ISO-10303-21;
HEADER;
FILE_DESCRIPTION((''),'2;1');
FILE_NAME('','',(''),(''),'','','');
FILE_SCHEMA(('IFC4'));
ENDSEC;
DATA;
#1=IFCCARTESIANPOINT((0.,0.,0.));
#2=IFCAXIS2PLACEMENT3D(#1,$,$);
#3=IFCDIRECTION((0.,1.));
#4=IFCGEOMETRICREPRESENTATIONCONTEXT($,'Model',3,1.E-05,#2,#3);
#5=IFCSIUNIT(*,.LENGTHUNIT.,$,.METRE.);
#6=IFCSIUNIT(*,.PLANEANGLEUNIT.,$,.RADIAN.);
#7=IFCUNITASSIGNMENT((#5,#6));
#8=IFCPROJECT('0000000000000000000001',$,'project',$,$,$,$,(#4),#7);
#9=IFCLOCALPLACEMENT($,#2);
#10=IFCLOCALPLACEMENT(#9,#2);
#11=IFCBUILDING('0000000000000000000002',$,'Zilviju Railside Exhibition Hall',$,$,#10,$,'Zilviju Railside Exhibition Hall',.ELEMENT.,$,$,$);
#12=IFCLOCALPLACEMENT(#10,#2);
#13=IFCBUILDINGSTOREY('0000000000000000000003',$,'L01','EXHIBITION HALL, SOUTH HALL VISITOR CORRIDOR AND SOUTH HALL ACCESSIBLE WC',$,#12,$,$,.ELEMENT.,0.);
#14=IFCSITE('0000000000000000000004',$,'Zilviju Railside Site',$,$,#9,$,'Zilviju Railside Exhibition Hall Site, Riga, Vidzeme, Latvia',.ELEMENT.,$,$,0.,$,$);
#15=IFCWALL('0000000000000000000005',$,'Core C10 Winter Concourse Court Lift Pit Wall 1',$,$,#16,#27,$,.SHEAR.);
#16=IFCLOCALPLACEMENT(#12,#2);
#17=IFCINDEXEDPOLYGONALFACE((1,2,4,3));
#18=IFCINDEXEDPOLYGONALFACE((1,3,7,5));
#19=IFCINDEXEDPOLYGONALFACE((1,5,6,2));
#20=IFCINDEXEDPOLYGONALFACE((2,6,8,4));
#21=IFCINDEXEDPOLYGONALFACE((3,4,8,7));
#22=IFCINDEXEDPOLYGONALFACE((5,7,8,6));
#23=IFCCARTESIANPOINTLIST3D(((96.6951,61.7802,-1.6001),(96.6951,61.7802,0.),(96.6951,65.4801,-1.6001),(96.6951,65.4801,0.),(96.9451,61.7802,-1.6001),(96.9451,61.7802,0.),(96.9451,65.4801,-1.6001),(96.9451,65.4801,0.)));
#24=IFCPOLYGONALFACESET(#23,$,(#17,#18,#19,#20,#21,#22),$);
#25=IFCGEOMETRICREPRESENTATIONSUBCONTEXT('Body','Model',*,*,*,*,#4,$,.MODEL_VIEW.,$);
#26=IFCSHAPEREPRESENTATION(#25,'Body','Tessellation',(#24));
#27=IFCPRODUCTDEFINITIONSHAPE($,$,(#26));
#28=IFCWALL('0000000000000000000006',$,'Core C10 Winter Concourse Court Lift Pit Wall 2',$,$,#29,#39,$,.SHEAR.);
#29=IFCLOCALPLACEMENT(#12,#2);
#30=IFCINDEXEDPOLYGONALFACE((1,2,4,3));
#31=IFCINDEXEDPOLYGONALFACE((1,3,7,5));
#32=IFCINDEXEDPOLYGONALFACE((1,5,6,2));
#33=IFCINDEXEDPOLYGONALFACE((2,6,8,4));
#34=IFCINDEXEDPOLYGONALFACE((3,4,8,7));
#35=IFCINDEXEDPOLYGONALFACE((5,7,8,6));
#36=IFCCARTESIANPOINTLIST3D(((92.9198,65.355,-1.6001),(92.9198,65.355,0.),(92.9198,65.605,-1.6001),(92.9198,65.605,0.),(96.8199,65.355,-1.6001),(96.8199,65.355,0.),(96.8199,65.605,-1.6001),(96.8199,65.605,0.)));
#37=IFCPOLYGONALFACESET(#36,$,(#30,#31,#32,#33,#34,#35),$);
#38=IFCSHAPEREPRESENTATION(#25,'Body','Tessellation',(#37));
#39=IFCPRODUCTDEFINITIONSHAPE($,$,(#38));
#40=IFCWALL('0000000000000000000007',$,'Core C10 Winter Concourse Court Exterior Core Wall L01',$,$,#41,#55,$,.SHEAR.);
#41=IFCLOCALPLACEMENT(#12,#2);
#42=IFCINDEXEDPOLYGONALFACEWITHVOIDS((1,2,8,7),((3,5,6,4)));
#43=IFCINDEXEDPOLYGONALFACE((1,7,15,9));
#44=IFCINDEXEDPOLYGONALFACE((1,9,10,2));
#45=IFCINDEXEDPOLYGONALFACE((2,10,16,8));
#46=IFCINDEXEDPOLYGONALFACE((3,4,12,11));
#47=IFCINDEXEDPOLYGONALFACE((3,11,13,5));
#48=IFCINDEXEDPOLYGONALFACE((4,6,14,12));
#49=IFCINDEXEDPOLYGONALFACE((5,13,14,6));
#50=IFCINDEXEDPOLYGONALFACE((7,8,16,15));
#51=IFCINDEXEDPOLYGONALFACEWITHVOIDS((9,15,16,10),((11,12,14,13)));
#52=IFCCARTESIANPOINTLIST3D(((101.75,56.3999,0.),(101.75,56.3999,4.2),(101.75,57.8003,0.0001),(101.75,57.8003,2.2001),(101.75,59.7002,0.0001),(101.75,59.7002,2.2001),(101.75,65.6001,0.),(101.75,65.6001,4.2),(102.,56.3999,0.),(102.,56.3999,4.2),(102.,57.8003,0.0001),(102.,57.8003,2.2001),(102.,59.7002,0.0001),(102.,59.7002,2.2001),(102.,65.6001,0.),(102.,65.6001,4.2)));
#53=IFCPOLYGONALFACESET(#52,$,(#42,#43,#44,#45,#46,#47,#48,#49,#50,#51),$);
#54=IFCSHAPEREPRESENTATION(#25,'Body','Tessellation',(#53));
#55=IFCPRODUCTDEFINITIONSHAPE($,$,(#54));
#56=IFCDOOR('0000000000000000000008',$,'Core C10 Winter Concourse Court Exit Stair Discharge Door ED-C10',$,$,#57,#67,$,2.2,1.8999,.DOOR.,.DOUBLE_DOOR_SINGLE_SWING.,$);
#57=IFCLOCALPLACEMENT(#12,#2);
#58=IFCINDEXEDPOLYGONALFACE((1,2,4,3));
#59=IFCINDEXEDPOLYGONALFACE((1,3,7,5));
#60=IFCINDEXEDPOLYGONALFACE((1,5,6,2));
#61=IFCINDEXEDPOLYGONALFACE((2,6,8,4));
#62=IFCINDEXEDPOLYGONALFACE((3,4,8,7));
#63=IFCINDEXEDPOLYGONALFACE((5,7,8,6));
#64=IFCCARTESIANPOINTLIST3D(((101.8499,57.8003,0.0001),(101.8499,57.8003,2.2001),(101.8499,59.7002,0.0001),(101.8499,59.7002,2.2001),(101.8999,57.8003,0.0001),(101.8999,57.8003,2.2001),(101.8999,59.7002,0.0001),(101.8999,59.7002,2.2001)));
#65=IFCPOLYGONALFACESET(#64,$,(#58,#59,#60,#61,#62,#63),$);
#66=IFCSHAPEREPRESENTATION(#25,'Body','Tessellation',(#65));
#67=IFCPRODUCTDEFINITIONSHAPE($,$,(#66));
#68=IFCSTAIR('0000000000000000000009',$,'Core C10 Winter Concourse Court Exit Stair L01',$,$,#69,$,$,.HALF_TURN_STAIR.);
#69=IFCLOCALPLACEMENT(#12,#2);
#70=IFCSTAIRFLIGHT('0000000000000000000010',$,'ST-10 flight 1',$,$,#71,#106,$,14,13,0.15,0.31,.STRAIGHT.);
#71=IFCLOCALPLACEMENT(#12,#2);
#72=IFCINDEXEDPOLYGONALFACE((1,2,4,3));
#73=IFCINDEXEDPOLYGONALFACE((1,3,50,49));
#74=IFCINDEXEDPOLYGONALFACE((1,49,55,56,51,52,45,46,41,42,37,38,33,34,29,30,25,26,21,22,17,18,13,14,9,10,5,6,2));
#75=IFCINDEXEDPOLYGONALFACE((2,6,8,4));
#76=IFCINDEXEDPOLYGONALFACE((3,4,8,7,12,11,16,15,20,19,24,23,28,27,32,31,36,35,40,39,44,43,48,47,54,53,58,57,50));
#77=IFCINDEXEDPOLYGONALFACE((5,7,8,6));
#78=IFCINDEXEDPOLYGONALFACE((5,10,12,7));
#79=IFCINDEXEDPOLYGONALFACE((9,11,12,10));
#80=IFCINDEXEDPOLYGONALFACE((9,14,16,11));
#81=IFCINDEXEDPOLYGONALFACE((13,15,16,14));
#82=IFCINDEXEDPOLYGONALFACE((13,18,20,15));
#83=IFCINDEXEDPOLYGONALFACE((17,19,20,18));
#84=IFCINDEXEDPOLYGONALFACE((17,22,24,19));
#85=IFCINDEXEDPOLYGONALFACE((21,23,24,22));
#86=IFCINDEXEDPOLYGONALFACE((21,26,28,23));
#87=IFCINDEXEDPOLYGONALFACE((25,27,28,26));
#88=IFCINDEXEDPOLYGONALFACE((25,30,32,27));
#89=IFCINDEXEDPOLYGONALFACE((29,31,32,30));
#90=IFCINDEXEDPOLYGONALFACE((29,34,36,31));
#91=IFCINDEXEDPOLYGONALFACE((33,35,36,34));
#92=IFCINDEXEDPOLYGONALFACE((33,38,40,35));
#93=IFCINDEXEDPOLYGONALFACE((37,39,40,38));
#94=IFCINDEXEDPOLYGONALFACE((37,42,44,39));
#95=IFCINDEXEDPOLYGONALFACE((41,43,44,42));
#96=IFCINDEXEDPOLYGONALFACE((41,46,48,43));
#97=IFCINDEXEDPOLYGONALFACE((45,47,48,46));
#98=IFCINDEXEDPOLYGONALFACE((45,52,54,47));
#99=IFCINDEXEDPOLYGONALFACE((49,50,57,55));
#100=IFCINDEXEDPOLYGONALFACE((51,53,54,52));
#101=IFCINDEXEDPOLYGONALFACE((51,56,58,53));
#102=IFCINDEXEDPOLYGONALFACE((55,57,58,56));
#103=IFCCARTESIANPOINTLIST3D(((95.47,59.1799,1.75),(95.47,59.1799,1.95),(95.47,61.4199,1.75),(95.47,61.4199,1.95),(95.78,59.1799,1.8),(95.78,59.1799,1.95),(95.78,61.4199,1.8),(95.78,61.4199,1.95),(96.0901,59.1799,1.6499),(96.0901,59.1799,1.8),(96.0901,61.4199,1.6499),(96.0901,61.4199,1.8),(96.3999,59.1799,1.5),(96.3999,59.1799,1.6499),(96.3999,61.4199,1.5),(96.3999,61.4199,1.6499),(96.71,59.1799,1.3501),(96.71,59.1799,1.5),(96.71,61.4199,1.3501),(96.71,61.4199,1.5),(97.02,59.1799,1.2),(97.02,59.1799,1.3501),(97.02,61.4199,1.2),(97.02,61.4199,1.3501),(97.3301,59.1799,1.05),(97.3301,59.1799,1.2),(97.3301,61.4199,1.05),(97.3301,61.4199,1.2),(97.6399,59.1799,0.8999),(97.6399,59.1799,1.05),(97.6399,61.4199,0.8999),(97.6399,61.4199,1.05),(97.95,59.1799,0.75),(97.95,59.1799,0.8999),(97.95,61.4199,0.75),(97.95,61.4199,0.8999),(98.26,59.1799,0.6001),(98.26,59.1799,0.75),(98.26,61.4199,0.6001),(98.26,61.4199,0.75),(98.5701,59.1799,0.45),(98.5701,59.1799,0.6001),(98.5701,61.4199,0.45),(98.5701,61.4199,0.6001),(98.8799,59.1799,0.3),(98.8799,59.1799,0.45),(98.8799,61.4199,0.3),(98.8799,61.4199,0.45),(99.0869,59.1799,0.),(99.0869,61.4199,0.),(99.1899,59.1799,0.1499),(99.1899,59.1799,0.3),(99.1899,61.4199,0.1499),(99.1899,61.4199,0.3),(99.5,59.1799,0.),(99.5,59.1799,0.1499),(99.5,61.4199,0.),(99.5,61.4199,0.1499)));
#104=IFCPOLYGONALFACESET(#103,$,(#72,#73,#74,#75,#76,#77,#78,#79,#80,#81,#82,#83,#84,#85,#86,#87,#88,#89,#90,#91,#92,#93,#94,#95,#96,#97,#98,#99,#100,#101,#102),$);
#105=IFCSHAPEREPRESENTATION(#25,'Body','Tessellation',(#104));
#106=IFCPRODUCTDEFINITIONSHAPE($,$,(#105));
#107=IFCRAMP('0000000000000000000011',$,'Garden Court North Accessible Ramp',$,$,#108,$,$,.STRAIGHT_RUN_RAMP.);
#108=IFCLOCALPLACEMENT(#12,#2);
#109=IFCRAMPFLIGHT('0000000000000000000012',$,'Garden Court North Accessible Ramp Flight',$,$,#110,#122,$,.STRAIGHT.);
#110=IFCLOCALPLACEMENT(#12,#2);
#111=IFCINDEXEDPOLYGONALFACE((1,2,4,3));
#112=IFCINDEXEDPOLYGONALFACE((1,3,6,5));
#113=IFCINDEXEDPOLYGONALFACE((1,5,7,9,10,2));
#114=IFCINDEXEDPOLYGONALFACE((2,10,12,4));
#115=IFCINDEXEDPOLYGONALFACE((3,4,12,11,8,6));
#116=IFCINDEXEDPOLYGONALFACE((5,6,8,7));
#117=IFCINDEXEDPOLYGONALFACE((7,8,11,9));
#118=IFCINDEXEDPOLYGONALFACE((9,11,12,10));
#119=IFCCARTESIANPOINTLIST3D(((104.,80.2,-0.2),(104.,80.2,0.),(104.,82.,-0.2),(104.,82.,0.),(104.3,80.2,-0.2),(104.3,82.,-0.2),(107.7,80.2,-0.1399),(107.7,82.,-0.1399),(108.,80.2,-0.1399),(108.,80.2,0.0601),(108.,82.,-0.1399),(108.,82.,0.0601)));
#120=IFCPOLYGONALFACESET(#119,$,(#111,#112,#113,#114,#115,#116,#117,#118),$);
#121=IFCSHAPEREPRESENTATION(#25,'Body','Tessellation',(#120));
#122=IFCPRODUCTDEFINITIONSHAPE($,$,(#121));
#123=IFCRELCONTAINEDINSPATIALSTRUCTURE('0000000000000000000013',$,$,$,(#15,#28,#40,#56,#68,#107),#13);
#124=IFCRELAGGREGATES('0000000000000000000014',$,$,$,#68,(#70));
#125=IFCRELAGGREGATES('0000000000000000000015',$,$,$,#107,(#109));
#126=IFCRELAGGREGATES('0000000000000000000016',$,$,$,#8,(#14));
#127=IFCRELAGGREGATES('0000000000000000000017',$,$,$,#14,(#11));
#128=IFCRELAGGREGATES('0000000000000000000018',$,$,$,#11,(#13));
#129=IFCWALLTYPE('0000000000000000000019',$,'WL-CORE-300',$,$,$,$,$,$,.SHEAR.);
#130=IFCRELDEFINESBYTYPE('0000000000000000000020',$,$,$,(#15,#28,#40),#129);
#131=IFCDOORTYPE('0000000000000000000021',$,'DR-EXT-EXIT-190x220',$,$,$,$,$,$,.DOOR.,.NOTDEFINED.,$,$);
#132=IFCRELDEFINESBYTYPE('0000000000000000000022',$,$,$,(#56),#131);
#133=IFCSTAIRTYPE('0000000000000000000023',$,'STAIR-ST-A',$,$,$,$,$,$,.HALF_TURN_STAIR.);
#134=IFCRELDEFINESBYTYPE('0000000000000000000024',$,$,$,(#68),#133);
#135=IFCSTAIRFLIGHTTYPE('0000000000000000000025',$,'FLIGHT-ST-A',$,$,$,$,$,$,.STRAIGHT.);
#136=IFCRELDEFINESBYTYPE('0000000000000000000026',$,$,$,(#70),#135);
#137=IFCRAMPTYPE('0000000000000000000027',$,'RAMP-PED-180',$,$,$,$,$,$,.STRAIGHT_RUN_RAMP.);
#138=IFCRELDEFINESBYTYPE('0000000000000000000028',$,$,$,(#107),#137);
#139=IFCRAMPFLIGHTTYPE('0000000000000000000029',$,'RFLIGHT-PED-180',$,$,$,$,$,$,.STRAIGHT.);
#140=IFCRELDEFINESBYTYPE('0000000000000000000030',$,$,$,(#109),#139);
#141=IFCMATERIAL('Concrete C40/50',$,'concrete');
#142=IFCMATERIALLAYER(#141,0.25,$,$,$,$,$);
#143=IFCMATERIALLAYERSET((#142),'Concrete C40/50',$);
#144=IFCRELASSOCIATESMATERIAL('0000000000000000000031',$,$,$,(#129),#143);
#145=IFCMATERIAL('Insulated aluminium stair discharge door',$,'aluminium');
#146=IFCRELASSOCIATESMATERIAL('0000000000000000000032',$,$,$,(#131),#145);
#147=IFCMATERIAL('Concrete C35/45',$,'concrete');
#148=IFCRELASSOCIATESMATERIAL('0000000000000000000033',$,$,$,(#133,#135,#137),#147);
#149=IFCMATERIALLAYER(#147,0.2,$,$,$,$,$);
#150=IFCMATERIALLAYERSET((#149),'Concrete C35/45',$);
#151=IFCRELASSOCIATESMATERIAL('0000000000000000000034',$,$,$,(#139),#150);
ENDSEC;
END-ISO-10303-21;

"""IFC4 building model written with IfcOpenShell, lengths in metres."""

from ifc_helpers import new_model, si_unit, direction, frame, frame_2d, origin, place, context, subcontext, project, spatial, polyline, rectangle, outline, extrude, material, layer, layer_set, type_object, element, fill, aggregate, save


model = new_model("IFC4")

# Units and contexts
model_context = context("Model", 3, precision=1e-05, world=origin(), true_north=direction((0.0, 1.0)))
body_context = subcontext(model_context, "Body", "Model", "MODEL_VIEW")
ifc_project = project(units=[si_unit("LENGTHUNIT", "METRE"), si_unit("PLANEANGLEUNIT", "RADIAN")], contexts=[model_context])

# Site, building, storey
site_placement = place(None, origin())
site = spatial("IfcSite", under=ifc_project, at=site_placement, Name="Zilviju Railside Site", LongName="Zilviju Railside Exhibition Hall Site, Riga, Vidzeme, Latvia", CompositionType="ELEMENT", RefElevation=0.0)
building_placement = place(site_placement, origin())
building = spatial("IfcBuilding", under=site, at=building_placement, Name="Zilviju Railside Exhibition Hall", LongName="Zilviju Railside Exhibition Hall", CompositionType="ELEMENT")
storey_placement = place(building_placement, origin())
storey = spatial("IfcBuildingStorey", under=building, at=storey_placement, Name="L01", Description="EXHIBITION HALL, SOUTH HALL VISITOR CORRIDOR AND SOUTH HALL ACCESSIBLE WC", CompositionType="ELEMENT", Elevation=0.0)

# Shared definitions
ifc_material_1 = material(Name="Concrete C35/45", Category="concrete")

# Walls
ifc_material_2 = material(Name="Concrete C40/50", Category="concrete")
ifc_layer_1 = layer(ifc_material_2, 0.25)
ifc_layer_set_1 = layer_set([ifc_layer_1], Name="Concrete C40/50")
wall_type_1 = type_object("IfcWallType", Name="WL-CORE-300", PredefinedType="SHEAR", material=ifc_layer_set_1)
wall_1_placement = place(storey_placement, frame((96.8201, 61.78, -1.6001), z_axis=(0.0, 0.0, 1.0), x_axis=(0.0, 1.0, 0.0)))
element("IfcWall", 1, at=wall_1_placement, inside=storey, type_object=wall_type_1, Name="Core C10 Winter Concourse Court Lift Pit Wall 1", PredefinedType="SHEAR", context=body_context, shape_type="SweptSolid", body=[
    extrude(rectangle(XDim=3.7, YDim=0.25, at=frame_2d((1.8501, 0.0))), origin(), (0.0, 0.0, 1.0), 1.6001),
])
wall_2_placement = place(storey_placement, frame((96.8201, 65.48, -1.6001), z_axis=(0.0, 0.0, 1.0), x_axis=(-1.0, 0.0, 0.0)))
element("IfcWall", 2, at=wall_2_placement, inside=storey, type_object=wall_type_1, Name="Core C10 Winter Concourse Court Lift Pit Wall 2", PredefinedType="SHEAR", context=body_context, shape_type="SweptSolid", body=[
    extrude(rectangle(XDim=3.9001, YDim=0.25, at=frame_2d((1.9502, 0.0))), origin(), (0.0, 0.0, 1.0), 1.6001),
])

# Wall, opening, door
wall_3_placement = place(storey_placement, frame((101.875, 65.6001, 0.0), z_axis=(0.0, 0.0, 1.0), x_axis=(0.0, -1.0, 0.0)))
wall_3 = element("IfcWall", 3, at=wall_3_placement, inside=storey, type_object=wall_type_1, Name="Core C10 Winter Concourse Court Exterior Core Wall L01", PredefinedType="SHEAR", context=body_context, shape_type="SweptSolid", body=[
    extrude(rectangle(XDim=9.2002, YDim=0.25, at=frame_2d((4.6001, 0.0))), origin(), (0.0, 0.0, 1.0), 4.2),
])
opening_1_placement = place(wall_3_placement, frame((5.8999, 0.0, 0.0)))
opening_1 = element("IfcOpeningElement", 4, at=opening_1_placement, cuts=wall_3, PredefinedType="OPENING", context=body_context, shape_type="SweptSolid", body=[
    extrude(rectangle(XDim=1.8999, YDim=2.2, at=frame_2d((0.95, 1.1001))), frame((0.0, 0.135, 0.0), z_axis=(0.0, -1.0, 0.0), x_axis=(1.0, 0.0, 0.0)), (0.0, 0.0, 1.0), 0.27),
])
ifc_material_3 = material(Name="Insulated aluminium stair discharge door", Category="aluminium")
door_type_1 = type_object("IfcDoorType", Name="DR-EXT-EXIT-190x220", OperationType="NOTDEFINED", PredefinedType="DOOR", material=ifc_material_3)
door_1_placement = place(opening_1_placement, origin())
door_1 = element("IfcDoor", 5, at=door_1_placement, inside=storey, type_object=door_type_1, Name="Core C10 Winter Concourse Court Exit Stair Discharge Door ED-C10", OperationType="DOUBLE_DOOR_SINGLE_SWING", OverallHeight=2.2, OverallWidth=1.8999, PredefinedType="DOOR", context=body_context, shape_type="SweptSolid", body=[
    extrude(rectangle(XDim=1.8999, YDim=2.2, at=frame_2d((0.95, 1.1001))), frame((0.0, 0.0249, 0.0), z_axis=(0.0, -1.0, 0.0), x_axis=(1.0, 0.0, 0.0)), (0.0, 0.0, 1.0), 0.05),
])
fill(opening_1, door_1)

# Stair, stair flight
stair_type = type_object("IfcStairType", Name="STAIR-ST-A", PredefinedType="HALF_TURN_STAIR", material=ifc_material_1)
stair_placement = place(storey_placement, origin())
stair = element("IfcStair", 6, at=stair_placement, inside=storey, type_object=stair_type, Name="Core C10 Winter Concourse Court Exit Stair L01", PredefinedType="HALF_TURN_STAIR")
stair_flight_type = type_object("IfcStairFlightType", Name="FLIGHT-ST-A", PredefinedType="STRAIGHT", material=ifc_material_1)
stair_flight_placement = place(storey_placement, frame((99.5, 60.3, 0.0), z_axis=(0.0, 0.0, 1.0), x_axis=(-1.0, 0.0, 0.0)))
stair_flight = element("IfcStairFlight", 7, at=stair_flight_placement, type_object=stair_flight_type, Name="ST-10 flight 1", NumberOfRisers=14, NumberOfTreads=13, PredefinedType="STRAIGHT", RiserHeight=0.15, TreadLength=0.31, context=body_context, shape_type="SweptSolid", body=[
    extrude(outline(polyline([(0.0, 0.0), (0.0, 0.1499), (0.3101, 0.1499), (0.3101, 0.3), (0.6201, 0.3), (0.6201, 0.45), (0.9299, 0.45), (0.9299, 0.6001), (1.24, 0.6001), (1.24, 0.75), (1.55, 0.75), (1.55, 0.8999), (1.8601, 0.8999), (1.8601, 1.05), (2.1699, 1.05), (2.1699, 1.2), (2.48, 1.2), (2.48, 1.3501), (2.79, 1.3501), (2.79, 1.5), (3.1001, 1.5), (3.1001, 1.6499), (3.4099, 1.6499), (3.4099, 1.8), (3.72, 1.8), (3.72, 1.95), (4.03, 1.95), (4.03, 2.1001), (4.03, 1.75), (0.4131, 0.0), (0.0, 0.0)])), frame((0.0, 1.1201, 0.0), z_axis=(0.0, -1.0, 0.0), x_axis=(1.0, 0.0, 0.0)), (0.0, 0.0, 1.0), 2.24),
])
aggregate(stair, [stair_flight])

# Ramp, ramp flight
ramp_type = type_object("IfcRampType", Name="RAMP-PED-180", PredefinedType="STRAIGHT_RUN_RAMP", material=ifc_material_1)
ramp_placement = place(storey_placement, origin())
ramp = element("IfcRamp", 8, at=ramp_placement, inside=storey, type_object=ramp_type, Name="Garden Court North Accessible Ramp", PredefinedType="STRAIGHT_RUN_RAMP")
ifc_layer_2 = layer(ifc_material_1, 0.2)
ifc_layer_set_2 = layer_set([ifc_layer_2], Name="Concrete C35/45")
ramp_flight_type = type_object("IfcRampFlightType", Name="RFLIGHT-PED-180", PredefinedType="STRAIGHT", material=ifc_layer_set_2)
ramp_flight_placement = place(storey_placement, frame((104.0, 81.1001, 0.0), z_axis=(0.0, 0.0, 1.0), x_axis=(1.0, 0.0, 0.0)))
ramp_flight = element("IfcRampFlight", 9, at=ramp_flight_placement, type_object=ramp_flight_type, Name="Garden Court North Accessible Ramp Flight", PredefinedType="STRAIGHT", context=body_context, shape_type="SweptSolid", body=[
    extrude(outline(polyline([(0.0, -0.2), (0.0, 0.0), (4.0, 0.0601), (4.0, -0.1399), (3.7, -0.1399), (0.3, -0.2), (0.0, -0.2)])), frame((0.0, 0.8999, 0.0), z_axis=(0.0, -1.0, 0.0), x_axis=(1.0, 0.0, 0.0)), (0.0, 0.0, 1.0), 1.8),
])
aggregate(ramp, [ramp_flight])

save(model, "model.ifc")
